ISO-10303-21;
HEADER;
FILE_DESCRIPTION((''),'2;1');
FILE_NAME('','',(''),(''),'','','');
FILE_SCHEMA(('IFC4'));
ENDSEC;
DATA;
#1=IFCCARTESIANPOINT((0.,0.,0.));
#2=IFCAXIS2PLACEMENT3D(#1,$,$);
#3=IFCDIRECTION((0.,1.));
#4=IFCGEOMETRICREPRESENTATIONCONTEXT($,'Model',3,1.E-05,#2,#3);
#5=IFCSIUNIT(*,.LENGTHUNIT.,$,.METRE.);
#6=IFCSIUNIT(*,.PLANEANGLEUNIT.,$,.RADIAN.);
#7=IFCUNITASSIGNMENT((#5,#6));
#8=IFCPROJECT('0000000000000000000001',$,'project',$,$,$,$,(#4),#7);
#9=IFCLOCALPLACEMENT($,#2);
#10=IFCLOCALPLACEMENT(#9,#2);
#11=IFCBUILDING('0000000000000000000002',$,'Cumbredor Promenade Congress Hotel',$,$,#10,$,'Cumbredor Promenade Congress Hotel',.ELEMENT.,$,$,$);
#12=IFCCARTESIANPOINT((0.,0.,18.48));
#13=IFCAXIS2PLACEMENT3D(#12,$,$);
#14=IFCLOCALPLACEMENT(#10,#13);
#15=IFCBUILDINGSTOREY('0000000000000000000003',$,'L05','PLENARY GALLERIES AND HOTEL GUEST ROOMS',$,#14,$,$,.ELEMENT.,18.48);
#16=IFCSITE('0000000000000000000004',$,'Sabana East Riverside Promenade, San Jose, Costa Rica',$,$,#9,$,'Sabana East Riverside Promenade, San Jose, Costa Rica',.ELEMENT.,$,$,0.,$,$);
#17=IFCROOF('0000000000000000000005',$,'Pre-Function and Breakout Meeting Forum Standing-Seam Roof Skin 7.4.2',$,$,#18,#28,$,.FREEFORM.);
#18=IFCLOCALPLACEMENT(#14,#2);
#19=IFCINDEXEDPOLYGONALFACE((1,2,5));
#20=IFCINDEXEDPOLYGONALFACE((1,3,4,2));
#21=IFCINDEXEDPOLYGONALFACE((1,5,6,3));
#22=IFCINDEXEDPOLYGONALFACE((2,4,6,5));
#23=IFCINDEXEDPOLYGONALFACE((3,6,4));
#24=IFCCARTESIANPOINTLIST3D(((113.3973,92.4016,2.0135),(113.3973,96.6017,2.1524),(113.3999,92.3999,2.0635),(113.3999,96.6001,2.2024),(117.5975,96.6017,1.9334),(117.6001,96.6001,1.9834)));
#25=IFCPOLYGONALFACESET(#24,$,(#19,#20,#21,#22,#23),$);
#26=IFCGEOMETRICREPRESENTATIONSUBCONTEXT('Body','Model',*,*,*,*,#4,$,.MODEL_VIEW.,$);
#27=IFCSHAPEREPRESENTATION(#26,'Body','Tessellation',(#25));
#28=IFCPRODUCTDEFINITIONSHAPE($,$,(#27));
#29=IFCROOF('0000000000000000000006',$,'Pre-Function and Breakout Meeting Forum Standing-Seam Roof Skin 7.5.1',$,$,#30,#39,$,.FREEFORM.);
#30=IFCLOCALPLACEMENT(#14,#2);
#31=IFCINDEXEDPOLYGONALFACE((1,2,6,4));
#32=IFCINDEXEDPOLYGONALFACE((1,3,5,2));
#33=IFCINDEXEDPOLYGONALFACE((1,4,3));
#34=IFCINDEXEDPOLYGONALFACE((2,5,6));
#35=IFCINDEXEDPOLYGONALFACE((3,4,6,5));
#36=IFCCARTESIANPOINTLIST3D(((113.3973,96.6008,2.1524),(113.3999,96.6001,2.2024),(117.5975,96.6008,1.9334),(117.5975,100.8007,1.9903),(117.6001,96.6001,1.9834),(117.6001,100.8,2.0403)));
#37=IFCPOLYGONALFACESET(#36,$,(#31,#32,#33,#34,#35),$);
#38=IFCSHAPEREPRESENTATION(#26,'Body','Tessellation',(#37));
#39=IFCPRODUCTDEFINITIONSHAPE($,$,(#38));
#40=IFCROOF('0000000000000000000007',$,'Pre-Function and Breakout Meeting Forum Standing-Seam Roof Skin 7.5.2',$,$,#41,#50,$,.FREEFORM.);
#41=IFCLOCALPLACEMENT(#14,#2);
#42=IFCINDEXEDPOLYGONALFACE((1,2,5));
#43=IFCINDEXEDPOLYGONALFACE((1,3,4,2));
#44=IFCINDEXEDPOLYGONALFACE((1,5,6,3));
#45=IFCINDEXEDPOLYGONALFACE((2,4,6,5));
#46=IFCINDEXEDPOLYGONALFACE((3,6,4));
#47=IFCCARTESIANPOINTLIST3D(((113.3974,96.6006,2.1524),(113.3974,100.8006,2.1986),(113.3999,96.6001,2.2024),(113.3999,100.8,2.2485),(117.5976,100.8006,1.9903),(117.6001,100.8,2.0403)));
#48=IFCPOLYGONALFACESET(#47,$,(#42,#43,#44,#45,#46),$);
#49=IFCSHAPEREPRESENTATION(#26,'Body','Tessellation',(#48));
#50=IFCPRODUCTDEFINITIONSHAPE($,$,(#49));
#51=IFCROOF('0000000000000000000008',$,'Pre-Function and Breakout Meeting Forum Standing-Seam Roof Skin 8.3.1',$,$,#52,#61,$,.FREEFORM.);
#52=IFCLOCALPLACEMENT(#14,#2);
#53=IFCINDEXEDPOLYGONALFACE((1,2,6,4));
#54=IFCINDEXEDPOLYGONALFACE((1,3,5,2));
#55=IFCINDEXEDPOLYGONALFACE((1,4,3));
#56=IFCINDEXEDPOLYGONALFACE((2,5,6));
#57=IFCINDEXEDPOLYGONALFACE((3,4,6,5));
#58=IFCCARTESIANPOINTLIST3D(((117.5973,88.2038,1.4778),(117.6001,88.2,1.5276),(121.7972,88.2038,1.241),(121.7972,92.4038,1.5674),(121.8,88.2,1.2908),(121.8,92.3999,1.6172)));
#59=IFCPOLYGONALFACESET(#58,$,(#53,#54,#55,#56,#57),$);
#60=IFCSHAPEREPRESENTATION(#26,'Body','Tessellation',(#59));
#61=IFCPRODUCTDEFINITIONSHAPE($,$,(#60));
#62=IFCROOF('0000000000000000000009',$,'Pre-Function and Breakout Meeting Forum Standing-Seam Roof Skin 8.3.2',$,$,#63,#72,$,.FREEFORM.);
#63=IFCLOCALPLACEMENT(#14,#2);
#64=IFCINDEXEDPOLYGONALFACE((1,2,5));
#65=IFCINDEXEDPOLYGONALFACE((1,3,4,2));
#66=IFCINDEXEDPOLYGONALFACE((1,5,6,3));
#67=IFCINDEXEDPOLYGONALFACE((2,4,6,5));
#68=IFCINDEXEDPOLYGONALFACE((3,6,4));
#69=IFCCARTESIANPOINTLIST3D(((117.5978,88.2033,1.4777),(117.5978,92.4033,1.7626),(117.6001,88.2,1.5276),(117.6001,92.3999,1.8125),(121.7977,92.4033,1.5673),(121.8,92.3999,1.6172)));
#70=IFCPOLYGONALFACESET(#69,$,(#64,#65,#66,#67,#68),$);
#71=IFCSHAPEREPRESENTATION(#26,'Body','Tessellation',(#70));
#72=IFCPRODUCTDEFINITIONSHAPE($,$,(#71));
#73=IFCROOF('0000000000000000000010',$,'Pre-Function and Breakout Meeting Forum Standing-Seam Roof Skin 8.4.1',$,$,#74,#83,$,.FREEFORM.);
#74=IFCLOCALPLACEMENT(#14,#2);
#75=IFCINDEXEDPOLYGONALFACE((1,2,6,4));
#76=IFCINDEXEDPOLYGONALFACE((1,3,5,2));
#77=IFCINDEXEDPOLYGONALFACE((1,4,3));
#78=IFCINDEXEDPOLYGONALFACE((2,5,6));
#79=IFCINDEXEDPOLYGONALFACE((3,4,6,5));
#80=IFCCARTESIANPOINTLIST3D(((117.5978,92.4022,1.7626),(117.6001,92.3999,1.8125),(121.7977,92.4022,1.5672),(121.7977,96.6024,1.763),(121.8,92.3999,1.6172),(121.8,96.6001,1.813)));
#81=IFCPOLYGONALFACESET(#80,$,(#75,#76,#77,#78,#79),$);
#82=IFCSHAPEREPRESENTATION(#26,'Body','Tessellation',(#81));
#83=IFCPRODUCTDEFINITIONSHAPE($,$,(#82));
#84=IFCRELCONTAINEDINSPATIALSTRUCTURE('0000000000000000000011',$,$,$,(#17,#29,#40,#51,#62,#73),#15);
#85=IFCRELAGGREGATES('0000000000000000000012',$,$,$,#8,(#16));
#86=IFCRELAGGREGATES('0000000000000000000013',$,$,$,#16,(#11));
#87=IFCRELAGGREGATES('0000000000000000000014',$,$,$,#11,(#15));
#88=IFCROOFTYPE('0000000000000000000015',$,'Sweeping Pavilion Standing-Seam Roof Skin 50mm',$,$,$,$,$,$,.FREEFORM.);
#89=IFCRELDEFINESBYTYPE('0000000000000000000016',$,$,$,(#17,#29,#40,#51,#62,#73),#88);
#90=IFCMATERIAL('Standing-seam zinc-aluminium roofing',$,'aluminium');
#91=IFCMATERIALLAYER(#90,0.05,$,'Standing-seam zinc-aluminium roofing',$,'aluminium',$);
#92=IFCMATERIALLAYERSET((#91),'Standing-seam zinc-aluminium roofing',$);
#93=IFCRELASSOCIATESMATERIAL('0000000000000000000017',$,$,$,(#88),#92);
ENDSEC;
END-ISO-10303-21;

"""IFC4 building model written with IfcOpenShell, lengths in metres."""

from ifc_helpers import new_model, si_unit, direction, frame, origin, place, context, subcontext, project, spatial, polyline, outline, extrude, material, layer, layer_set, type_object, element, save


model = new_model("IFC4")

# Units and contexts
model_context = context("Model", 3, precision=1e-05, world=origin(), true_north=direction((0.0, 1.0)))
body_context = subcontext(model_context, "Body", "Model", "MODEL_VIEW")
ifc_project = project(units=[si_unit("LENGTHUNIT", "METRE"), si_unit("PLANEANGLEUNIT", "RADIAN")], contexts=[model_context])

# Site, building, storey
site_placement = place(None, origin())
site = spatial("IfcSite", under=ifc_project, at=site_placement, Name="Sabana East Riverside Promenade, San Jose, Costa Rica", LongName="Sabana East Riverside Promenade, San Jose, Costa Rica", CompositionType="ELEMENT", RefElevation=0.0)
building_placement = place(site_placement, origin())
building = spatial("IfcBuilding", under=site, at=building_placement, Name="Cumbredor Promenade Congress Hotel", LongName="Cumbredor Promenade Congress Hotel", CompositionType="ELEMENT")
storey_placement = place(building_placement, frame((0.0, 0.0, 18.48)))
storey = spatial("IfcBuildingStorey", under=building, at=storey_placement, Name="L05", Description="PLENARY GALLERIES AND HOTEL GUEST ROOMS", CompositionType="ELEMENT", Elevation=18.48)

# Roofs
ifc_material_1 = material(Name="Standing-seam zinc-aluminium roofing", Category="aluminium")
ifc_layer_1 = layer(ifc_material_1, 0.05, Name="Standing-seam zinc-aluminium roofing", Category="aluminium")
ifc_layer_set_1 = layer_set([ifc_layer_1], Name="Standing-seam zinc-aluminium roofing")
roof_type = type_object("IfcRoofType", Name="Sweeping Pavilion Standing-Seam Roof Skin 50mm", PredefinedType="FREEFORM", material=ifc_layer_set_1)
roof_1_placement = place(storey_placement, frame((113.3999, 92.3999, 2.0635), z_axis=(0.05204, -0.033011, 0.998099), x_axis=(0.707043, 0.707043, -0.01348)))
element("IfcRoof", 1, at=roof_1_placement, inside=storey, type_object=roof_type, Name="Pre-Function and Breakout Meeting Forum Standing-Seam Roof Skin 7.4.2", PredefinedType="FREEFORM", context=body_context, shape_type="SweptSolid", body=[
    extrude(outline(polyline([(0.0, 0.0), (5.9405, 0.0), (2.9678, 2.9754), (0.0, 0.0)])), origin(), (0.0, 0.0, -1.0), 0.05),
])
roof_2_placement = place(storey_placement, frame((113.3999, 96.6001, 2.2024), z_axis=(0.052064, -0.013525, 0.998552), x_axis=(0.998644, 0.0, -0.052068)))
element("IfcRoof", 2, at=roof_2_placement, inside=storey, type_object=roof_type, Name="Pre-Function and Breakout Meeting Forum Standing-Seam Roof Skin 7.5.1", PredefinedType="FREEFORM", context=body_context, shape_type="SweptSolid", body=[
    extrude(outline(polyline([(0.0, 0.0), (4.2059, 0.0), (4.2029, 4.2003), (0.0, 0.0)])), origin(), (0.0, 0.0, -1.0), 0.05),
])
roof_3_placement = place(storey_placement, frame((113.3999, 96.6001, 2.2024), z_axis=(0.049518, -0.010972, 0.998713), x_axis=(0.706864, 0.706823, -0.027282)))
element("IfcRoof", 3, at=roof_3_placement, inside=storey, type_object=roof_type, Name="Pre-Function and Breakout Meeting Forum Standing-Seam Roof Skin 7.5.2", PredefinedType="FREEFORM", context=body_context, shape_type="SweptSolid", body=[
    extrude(outline(polyline([(0.0, 0.0), (5.942, 0.0), (2.9674, 2.9726), (0.0, 0.0)])), origin(), (0.0, 0.0, -1.0), 0.05),
])
roof_4_placement = place(storey_placement, frame((117.6001, 88.2, 1.5276), z_axis=(0.056127, -0.077363, 0.995422), x_axis=(0.998414, 0.0, -0.056296)))
element("IfcRoof", 4, at=roof_4_placement, inside=storey, type_object=roof_type, Name="Pre-Function and Breakout Meeting Forum Standing-Seam Roof Skin 8.3.1", PredefinedType="FREEFORM", context=body_context, shape_type="SweptSolid", body=[
    extrude(outline(polyline([(0.0, 0.0), (4.2066, 0.0), (4.1882, 4.2126), (0.0, 0.0)])), origin(), (0.0, 0.0, -1.0), 0.05),
])
roof_5_placement = place(storey_placement, frame((117.6001, 88.2, 1.5276), z_axis=(0.046347, -0.067609, 0.996635), x_axis=(0.707026, 0.707026, 0.015083)))
element("IfcRoof", 5, at=roof_5_placement, inside=storey, type_object=roof_type, Name="Pre-Function and Breakout Meeting Forum Standing-Seam Roof Skin 8.3.2", PredefinedType="FREEFORM", context=body_context, shape_type="SweptSolid", body=[
    extrude(outline(polyline([(0.0, 0.0), (5.9403, 0.0), (2.9738, 2.9795), (0.0, 0.0)])), origin(), (0.0, 0.0, -1.0), 0.05),
])
roof_6_placement = place(storey_placement, frame((117.6001, 92.3999, 1.8125), z_axis=(0.046403, -0.046516, 0.997839), x_axis=(0.99892, 0.0, -0.046453)))
element("IfcRoof", 6, at=roof_6_placement, inside=storey, type_object=roof_type, Name="Pre-Function and Breakout Meeting Forum Standing-Seam Roof Skin 8.4.1", PredefinedType="FREEFORM", context=body_context, shape_type="SweptSolid", body=[
    extrude(outline(polyline([(0.0, 0.0), (4.2045, 0.0), (4.1954, 4.2047), (0.0, 0.0)])), origin(), (0.0, 0.0, -1.0), 0.05),
])

save(model, "model.ifc")
